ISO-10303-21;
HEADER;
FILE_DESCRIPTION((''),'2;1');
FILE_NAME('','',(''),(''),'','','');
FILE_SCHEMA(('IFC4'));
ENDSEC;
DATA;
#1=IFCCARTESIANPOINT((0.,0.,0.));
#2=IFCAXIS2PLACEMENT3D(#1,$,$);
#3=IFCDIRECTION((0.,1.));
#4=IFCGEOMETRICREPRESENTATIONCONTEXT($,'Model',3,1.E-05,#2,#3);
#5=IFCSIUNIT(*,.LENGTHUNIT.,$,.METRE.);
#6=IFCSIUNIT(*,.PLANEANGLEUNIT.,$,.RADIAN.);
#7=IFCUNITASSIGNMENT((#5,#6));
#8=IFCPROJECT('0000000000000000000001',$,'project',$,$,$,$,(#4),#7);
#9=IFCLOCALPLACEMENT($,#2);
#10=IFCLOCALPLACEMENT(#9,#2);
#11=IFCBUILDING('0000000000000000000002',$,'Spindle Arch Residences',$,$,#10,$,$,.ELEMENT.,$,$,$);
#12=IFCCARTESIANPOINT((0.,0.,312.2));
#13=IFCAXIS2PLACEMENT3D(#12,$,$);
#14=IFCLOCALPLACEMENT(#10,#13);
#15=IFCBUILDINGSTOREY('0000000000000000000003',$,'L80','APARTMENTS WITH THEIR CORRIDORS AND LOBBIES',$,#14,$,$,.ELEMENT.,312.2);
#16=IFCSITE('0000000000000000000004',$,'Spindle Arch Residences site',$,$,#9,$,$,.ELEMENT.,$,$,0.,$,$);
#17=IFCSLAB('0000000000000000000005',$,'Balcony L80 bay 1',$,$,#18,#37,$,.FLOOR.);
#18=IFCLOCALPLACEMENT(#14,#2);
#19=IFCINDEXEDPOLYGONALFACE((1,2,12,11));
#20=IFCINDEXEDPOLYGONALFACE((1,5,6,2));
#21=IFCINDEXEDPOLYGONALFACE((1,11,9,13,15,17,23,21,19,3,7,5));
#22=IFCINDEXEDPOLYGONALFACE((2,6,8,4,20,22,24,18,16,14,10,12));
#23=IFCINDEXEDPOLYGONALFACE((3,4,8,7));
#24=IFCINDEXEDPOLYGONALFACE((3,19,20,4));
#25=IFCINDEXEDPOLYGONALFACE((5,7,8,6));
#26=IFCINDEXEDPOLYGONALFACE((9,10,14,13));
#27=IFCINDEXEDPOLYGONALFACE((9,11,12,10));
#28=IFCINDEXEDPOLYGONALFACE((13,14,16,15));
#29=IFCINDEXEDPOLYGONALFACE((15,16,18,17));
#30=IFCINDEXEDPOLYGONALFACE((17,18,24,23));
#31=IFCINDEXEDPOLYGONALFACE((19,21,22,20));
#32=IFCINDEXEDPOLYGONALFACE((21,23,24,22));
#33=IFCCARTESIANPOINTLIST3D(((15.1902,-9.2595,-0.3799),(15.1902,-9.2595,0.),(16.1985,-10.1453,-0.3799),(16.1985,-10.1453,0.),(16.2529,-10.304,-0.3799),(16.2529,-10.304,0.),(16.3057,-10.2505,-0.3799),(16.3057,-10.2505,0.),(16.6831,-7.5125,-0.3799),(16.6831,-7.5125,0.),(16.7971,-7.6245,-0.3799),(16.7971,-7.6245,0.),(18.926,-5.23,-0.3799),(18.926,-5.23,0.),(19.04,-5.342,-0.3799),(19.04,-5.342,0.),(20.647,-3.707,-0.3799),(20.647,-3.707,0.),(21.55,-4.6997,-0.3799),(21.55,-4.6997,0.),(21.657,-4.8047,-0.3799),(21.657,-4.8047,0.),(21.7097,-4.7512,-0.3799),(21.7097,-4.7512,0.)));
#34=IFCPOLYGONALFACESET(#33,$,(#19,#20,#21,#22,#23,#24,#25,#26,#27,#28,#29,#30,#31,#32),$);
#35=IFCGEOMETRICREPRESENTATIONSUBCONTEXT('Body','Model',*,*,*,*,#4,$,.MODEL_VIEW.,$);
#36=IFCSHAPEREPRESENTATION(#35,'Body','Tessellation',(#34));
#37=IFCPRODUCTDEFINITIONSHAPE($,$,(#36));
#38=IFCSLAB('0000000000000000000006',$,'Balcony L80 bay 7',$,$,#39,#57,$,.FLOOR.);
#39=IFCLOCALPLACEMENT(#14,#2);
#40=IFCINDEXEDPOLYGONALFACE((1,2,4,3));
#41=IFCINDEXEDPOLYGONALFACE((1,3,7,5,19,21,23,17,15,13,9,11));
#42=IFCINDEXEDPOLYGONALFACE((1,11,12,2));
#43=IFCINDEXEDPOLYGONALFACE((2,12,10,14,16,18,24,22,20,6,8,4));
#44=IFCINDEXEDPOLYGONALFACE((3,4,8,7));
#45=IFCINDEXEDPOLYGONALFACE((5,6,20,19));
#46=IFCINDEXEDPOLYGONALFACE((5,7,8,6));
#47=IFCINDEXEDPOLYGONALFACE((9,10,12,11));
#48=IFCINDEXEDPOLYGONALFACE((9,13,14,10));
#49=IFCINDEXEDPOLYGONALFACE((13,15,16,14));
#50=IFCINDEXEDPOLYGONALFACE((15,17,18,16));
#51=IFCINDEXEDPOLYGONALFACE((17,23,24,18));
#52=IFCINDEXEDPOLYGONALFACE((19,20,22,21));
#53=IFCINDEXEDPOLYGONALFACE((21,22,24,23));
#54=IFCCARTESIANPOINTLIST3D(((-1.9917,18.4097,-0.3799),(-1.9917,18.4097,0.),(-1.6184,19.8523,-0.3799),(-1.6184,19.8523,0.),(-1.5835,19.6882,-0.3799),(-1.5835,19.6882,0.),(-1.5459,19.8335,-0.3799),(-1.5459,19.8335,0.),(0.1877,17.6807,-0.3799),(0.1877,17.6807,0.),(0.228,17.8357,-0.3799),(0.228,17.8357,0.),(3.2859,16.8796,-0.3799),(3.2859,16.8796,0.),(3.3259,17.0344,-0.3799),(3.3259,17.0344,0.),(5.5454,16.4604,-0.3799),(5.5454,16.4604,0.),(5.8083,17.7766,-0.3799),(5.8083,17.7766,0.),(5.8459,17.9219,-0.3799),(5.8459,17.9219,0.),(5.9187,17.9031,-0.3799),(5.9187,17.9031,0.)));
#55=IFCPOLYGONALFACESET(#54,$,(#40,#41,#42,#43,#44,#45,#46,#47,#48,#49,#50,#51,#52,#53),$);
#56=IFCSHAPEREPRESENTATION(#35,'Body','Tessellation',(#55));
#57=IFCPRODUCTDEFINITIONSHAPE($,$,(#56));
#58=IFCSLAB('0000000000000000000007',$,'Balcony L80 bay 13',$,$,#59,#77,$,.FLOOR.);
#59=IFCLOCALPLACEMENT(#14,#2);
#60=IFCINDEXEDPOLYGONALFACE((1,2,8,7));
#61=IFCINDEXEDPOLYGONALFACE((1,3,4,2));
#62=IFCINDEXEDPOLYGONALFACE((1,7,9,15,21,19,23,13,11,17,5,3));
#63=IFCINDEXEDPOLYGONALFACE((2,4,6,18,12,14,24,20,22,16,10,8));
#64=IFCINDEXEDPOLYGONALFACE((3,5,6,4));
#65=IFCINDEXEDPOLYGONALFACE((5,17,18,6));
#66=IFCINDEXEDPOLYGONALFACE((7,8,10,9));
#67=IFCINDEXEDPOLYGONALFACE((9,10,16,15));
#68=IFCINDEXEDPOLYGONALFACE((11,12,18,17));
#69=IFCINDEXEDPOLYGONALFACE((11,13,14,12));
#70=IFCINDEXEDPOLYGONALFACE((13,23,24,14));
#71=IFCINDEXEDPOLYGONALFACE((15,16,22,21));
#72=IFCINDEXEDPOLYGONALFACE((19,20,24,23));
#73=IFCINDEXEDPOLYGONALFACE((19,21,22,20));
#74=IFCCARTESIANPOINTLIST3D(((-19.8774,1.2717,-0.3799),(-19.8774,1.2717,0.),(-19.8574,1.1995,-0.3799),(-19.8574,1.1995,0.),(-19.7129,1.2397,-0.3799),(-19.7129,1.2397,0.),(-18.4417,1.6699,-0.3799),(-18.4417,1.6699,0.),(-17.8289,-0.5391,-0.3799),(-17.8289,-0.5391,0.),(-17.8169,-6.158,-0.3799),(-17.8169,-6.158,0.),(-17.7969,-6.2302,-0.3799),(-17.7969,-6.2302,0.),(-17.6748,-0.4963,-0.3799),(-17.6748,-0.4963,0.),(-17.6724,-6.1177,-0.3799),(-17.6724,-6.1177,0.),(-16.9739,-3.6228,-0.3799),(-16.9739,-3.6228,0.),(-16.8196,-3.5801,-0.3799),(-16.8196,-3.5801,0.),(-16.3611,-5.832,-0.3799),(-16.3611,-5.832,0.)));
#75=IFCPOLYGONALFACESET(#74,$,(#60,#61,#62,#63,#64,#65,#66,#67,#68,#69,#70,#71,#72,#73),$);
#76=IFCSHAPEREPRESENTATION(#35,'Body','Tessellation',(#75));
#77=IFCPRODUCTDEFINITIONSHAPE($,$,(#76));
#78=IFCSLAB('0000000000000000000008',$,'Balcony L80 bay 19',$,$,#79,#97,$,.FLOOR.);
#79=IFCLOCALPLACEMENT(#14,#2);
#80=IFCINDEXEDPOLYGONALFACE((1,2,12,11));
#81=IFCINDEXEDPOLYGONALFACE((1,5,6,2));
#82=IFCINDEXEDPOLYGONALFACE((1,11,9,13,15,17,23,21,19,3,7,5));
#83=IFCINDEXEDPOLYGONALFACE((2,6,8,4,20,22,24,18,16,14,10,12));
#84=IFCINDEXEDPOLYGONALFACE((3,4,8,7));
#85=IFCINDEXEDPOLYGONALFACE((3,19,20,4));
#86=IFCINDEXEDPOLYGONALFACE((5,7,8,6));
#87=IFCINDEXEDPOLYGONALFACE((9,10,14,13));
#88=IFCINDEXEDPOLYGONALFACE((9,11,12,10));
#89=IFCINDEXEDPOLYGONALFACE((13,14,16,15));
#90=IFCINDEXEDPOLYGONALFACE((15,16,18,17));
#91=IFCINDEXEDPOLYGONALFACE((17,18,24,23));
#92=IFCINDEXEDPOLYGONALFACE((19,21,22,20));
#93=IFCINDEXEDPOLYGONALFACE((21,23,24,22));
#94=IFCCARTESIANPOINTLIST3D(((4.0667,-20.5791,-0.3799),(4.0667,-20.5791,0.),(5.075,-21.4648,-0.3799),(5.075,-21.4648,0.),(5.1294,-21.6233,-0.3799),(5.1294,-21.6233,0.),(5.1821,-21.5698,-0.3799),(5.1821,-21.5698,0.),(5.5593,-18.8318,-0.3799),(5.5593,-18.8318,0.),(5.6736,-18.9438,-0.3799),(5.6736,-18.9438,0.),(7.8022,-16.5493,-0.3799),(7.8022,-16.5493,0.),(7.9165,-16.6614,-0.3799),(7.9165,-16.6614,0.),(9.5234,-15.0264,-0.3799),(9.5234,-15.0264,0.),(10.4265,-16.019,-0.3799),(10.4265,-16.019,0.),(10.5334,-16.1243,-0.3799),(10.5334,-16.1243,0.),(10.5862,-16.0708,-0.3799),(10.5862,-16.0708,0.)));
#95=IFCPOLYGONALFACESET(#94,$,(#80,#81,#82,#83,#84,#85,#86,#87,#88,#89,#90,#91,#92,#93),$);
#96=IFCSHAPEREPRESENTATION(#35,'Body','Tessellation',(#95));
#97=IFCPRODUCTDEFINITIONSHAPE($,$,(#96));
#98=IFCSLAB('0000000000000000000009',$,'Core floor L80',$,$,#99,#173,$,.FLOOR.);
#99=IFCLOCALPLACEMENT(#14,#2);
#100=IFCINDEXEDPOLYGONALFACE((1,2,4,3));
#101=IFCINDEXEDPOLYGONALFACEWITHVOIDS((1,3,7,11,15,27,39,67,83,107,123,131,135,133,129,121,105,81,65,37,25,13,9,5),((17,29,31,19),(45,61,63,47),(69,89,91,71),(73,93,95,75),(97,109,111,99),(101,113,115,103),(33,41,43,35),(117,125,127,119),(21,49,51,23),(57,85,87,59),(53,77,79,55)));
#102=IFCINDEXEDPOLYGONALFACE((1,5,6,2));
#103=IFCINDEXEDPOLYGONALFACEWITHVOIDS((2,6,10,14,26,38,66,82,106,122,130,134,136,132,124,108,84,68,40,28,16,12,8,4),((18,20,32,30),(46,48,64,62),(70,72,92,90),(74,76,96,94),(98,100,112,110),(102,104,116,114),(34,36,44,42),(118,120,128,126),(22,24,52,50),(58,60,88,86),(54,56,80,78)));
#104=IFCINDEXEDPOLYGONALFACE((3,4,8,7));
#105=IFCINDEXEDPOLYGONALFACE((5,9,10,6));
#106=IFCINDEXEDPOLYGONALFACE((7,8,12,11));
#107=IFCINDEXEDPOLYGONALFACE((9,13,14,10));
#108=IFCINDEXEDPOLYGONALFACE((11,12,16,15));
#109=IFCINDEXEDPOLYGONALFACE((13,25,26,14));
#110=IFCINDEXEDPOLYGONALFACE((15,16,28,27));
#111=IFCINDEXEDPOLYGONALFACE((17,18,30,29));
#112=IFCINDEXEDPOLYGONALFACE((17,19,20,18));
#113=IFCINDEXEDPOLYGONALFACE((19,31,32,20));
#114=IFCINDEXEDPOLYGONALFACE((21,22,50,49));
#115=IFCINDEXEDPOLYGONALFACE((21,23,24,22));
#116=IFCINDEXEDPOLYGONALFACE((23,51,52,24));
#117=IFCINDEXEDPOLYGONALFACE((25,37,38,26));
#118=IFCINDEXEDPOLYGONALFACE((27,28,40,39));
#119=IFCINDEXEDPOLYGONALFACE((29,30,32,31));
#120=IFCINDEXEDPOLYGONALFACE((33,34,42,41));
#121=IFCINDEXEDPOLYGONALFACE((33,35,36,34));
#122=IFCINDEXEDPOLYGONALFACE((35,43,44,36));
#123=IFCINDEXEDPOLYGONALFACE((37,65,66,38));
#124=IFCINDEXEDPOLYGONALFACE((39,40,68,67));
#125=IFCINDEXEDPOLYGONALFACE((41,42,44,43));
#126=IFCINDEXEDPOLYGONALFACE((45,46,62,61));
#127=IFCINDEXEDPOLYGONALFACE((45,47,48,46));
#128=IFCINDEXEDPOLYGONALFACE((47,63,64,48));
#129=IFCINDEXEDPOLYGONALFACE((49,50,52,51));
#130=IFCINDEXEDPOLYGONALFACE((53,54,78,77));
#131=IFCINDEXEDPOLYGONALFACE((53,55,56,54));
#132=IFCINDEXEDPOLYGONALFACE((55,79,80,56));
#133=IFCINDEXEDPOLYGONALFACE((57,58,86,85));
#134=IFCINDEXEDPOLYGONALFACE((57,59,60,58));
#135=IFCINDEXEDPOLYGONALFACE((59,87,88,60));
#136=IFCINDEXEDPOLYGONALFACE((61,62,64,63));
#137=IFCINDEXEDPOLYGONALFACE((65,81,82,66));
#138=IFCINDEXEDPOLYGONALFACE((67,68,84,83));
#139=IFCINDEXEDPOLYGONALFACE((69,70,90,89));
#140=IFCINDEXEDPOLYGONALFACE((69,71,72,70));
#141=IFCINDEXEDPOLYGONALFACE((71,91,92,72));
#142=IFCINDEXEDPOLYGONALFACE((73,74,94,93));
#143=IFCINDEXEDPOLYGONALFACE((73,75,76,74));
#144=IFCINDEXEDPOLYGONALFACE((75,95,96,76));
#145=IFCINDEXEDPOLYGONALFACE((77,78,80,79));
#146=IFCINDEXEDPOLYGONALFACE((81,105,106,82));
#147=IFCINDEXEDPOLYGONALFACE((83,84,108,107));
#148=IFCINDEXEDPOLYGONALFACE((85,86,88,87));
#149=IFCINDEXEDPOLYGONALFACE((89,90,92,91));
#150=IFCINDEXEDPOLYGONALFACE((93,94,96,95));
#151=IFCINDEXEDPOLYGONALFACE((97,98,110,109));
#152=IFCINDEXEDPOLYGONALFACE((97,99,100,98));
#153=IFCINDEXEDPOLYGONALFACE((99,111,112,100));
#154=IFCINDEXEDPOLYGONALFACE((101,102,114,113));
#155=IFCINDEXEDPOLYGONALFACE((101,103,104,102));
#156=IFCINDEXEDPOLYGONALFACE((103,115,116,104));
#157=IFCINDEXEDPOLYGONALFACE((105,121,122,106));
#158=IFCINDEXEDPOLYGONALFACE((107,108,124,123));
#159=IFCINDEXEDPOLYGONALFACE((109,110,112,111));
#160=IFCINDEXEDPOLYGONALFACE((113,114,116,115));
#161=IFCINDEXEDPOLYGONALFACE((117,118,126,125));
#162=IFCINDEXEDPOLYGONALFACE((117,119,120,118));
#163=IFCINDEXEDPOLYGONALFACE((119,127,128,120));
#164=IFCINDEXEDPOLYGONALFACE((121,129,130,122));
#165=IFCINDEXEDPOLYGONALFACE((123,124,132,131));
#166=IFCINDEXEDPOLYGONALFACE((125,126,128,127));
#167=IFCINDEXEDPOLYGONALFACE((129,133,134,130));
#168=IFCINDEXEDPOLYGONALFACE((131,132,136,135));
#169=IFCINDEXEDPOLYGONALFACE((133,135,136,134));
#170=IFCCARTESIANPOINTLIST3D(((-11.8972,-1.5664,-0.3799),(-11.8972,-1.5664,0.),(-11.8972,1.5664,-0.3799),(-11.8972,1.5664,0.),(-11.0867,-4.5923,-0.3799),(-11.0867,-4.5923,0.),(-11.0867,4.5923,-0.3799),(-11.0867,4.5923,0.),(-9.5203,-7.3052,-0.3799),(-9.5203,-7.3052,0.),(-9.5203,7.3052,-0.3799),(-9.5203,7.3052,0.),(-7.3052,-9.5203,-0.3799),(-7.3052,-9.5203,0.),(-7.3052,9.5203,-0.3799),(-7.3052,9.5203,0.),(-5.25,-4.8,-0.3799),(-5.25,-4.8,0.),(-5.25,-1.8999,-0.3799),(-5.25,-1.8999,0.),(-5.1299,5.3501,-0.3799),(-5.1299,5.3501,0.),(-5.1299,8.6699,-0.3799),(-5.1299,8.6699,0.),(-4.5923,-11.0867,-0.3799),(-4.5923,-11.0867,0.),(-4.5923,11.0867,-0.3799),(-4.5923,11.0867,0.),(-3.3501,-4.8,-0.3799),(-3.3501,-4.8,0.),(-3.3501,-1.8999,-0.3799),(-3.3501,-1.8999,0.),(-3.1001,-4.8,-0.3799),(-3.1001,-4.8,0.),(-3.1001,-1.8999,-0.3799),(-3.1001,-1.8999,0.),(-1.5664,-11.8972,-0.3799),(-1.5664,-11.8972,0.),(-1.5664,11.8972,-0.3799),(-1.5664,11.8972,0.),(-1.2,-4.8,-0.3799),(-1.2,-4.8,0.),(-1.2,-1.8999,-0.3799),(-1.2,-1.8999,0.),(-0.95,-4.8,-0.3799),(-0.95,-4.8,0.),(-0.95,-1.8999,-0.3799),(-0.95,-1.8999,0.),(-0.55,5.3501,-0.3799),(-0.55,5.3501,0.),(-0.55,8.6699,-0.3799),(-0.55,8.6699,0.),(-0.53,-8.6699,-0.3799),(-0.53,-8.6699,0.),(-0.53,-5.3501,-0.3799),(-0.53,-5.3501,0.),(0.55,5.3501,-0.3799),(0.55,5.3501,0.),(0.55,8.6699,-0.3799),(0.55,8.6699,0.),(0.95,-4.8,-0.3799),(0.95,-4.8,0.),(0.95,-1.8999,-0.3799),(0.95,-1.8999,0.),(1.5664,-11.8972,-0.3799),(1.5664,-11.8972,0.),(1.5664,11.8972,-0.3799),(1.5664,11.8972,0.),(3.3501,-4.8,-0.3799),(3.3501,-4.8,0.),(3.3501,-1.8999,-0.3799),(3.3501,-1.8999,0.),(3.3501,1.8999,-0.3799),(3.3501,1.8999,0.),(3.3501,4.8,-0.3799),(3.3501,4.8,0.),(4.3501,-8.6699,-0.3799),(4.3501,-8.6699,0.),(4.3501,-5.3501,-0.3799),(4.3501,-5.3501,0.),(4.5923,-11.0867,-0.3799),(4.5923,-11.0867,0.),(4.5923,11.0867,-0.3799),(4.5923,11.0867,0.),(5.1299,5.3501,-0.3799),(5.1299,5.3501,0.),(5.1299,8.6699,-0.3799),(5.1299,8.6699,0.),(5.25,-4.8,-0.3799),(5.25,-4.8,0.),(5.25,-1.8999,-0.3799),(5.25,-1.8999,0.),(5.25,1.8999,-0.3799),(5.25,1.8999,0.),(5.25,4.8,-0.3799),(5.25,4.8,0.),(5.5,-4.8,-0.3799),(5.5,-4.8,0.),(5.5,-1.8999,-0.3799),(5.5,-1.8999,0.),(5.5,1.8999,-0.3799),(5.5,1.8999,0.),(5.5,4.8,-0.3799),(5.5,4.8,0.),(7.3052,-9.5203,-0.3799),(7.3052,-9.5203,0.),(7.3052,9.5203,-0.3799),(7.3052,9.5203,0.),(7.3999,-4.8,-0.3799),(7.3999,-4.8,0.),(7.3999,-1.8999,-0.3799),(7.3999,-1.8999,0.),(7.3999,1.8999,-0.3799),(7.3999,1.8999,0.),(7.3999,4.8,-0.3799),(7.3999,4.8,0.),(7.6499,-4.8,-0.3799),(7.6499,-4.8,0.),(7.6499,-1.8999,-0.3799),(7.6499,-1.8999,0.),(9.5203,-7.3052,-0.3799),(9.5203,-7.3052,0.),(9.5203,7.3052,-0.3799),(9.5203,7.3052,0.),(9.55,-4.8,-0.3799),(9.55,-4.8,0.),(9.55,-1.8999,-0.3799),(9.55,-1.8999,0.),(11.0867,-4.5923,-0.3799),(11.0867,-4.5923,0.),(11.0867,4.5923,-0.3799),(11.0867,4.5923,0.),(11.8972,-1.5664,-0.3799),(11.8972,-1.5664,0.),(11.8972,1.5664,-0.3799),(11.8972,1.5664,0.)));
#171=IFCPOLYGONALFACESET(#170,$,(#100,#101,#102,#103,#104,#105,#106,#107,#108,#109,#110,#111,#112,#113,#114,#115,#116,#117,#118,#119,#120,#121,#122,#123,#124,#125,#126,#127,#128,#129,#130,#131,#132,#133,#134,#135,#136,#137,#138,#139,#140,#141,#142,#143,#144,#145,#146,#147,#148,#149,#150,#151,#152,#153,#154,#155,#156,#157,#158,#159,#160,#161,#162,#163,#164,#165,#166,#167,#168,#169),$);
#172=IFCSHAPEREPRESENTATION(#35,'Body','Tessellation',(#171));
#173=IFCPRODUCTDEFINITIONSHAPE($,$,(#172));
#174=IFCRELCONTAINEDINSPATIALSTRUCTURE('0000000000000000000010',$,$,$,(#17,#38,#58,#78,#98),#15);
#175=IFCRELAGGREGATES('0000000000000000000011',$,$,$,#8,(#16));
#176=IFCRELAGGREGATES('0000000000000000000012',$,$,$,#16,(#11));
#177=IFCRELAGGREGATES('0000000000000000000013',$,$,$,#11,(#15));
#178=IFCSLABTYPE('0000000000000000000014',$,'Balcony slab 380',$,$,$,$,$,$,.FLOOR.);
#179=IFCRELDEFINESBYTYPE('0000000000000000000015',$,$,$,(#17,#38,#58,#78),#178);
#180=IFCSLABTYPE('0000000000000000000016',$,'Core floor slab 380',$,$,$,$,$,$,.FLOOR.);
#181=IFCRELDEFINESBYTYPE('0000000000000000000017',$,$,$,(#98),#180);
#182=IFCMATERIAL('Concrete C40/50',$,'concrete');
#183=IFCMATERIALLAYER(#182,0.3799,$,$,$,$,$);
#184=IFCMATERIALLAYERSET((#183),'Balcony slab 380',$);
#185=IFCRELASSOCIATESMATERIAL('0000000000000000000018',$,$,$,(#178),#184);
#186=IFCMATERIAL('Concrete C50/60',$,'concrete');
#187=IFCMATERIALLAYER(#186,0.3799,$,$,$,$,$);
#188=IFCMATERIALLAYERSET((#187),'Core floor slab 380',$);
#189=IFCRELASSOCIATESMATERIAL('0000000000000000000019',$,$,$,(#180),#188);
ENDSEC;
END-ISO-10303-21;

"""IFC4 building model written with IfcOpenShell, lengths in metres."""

from ifc_helpers import new_model, si_unit, direction, frame, origin, place, context, subcontext, project, spatial, polyline, outline, extrude, material, layer, layer_set, type_object, element, save


model = new_model("IFC4")

# Units and contexts
model_context = context("Model", 3, precision=1e-05, world=origin(), true_north=direction((0.0, 1.0)))
body_context = subcontext(model_context, "Body", "Model", "MODEL_VIEW")
ifc_project = project(units=[si_unit("LENGTHUNIT", "METRE"), si_unit("PLANEANGLEUNIT", "RADIAN")], contexts=[model_context])

# Site, building, storey
site_placement = place(None, origin())
site = spatial("IfcSite", under=ifc_project, at=site_placement, Name="Spindle Arch Residences site", CompositionType="ELEMENT", RefElevation=0.0)
building_placement = place(site_placement, origin())
building = spatial("IfcBuilding", under=site, at=building_placement, Name="Spindle Arch Residences", CompositionType="ELEMENT")
storey_placement = place(building_placement, frame((0.0, 0.0, 312.2)))
storey = spatial("IfcBuildingStorey", under=building, at=storey_placement, Name="L80", Description="APARTMENTS WITH THEIR CORRIDORS AND LOBBIES", CompositionType="ELEMENT", Elevation=312.2)

# Slabs
ifc_material_1 = material(Name="Concrete C40/50", Category="concrete")
ifc_layer_1 = layer(ifc_material_1, 0.3799)
ifc_layer_set_1 = layer_set([ifc_layer_1], Name="Balcony slab 380")
slab_type_1 = type_object("IfcSlabType", Name="Balcony slab 380", PredefinedType="FLOOR", material=ifc_layer_set_1)
slab_1_placement = place(storey_placement, frame((0.0, 0.0, -0.3799)))
element("IfcSlab", 1, at=slab_1_placement, inside=storey, type_object=slab_type_1, Name="Balcony L80 bay 1", PredefinedType="FLOOR", context=body_context, shape_type="SweptSolid", body=[
    extrude(outline(polyline([(16.2529, -10.304), (16.3057, -10.2505), (16.1985, -10.1453), (21.55, -4.6997), (21.657, -4.8047), (21.7097, -4.7512), (20.647, -3.707), (19.04, -5.342), (18.926, -5.23), (16.6831, -7.5125), (16.7971, -7.6245), (15.1902, -9.2595), (16.2529, -10.304)])), origin(), (0.0, 0.0, 1.0), 0.3799),
])
slab_2_placement = place(storey_placement, frame((0.0, 0.0, -0.3799)))
element("IfcSlab", 2, at=slab_2_placement, inside=storey, type_object=slab_type_1, Name="Balcony L80 bay 7", PredefinedType="FLOOR", context=body_context, shape_type="SweptSolid", body=[
    extrude(outline(polyline([(5.9187, 17.9031), (5.8459, 17.9219), (5.8083, 17.7766), (-1.5835, 19.6882), (-1.5459, 19.8335), (-1.6184, 19.8523), (-1.9917, 18.4097), (0.228, 17.8357), (0.1877, 17.6807), (3.2859, 16.8796), (3.3259, 17.0344), (5.5454, 16.4604), (5.9187, 17.9031)])), origin(), (0.0, 0.0, 1.0), 0.3799),
])
slab_3_placement = place(storey_placement, frame((0.0, 0.0, -0.3799)))
element("IfcSlab", 3, at=slab_3_placement, inside=storey, type_object=slab_type_1, Name="Balcony L80 bay 13", PredefinedType="FLOOR", context=body_context, shape_type="SweptSolid", body=[
    extrude(outline(polyline([(-19.8774, 1.2717), (-19.8574, 1.1995), (-19.7129, 1.2397), (-17.6724, -6.1177), (-17.8169, -6.158), (-17.7969, -6.2302), (-16.3611, -5.832), (-16.9739, -3.6228), (-16.8196, -3.5801), (-17.6748, -0.4963), (-17.8289, -0.5391), (-18.4417, 1.6699), (-19.8774, 1.2717)])), origin(), (0.0, 0.0, 1.0), 0.3799),
])
slab_4_placement = place(storey_placement, frame((0.0, 0.0, -0.3799)))
element("IfcSlab", 4, at=slab_4_placement, inside=storey, type_object=slab_type_1, Name="Balcony L80 bay 19", PredefinedType="FLOOR", context=body_context, shape_type="SweptSolid", body=[
    extrude(outline(polyline([(5.1294, -21.6233), (5.1821, -21.5698), (5.075, -21.4648), (10.4265, -16.019), (10.5334, -16.1243), (10.5862, -16.0708), (9.5234, -15.0264), (7.9165, -16.6614), (7.8022, -16.5493), (5.5593, -18.8318), (5.6736, -18.9438), (4.0667, -20.5791), (5.1294, -21.6233)])), origin(), (0.0, 0.0, 1.0), 0.3799),
])
ifc_material_2 = material(Name="Concrete C50/60", Category="concrete")
ifc_layer_2 = layer(ifc_material_2, 0.3799)
ifc_layer_set_2 = layer_set([ifc_layer_2], Name="Core floor slab 380")
slab_type_2 = type_object("IfcSlabType", Name="Core floor slab 380", PredefinedType="FLOOR", material=ifc_layer_set_2)
slab_5_placement = place(storey_placement, frame((0.0, 0.0, -0.3799)))
element("IfcSlab", 5, at=slab_5_placement, inside=storey, type_object=slab_type_2, Name="Core floor L80", PredefinedType="FLOOR", context=body_context, shape_type="SweptSolid", body=[
    extrude(outline(polyline([(1.5664, -11.8972), (4.5923, -11.0867), (7.3052, -9.5203), (9.5203, -7.3052), (11.0867, -4.5923), (11.8972, -1.5664), (11.8972, 1.5664), (11.0867, 4.5923), (9.5203, 7.3052), (7.3052, 9.5203), (4.5923, 11.0867), (1.5664, 11.8972), (-1.5664, 11.8972), (-4.5923, 11.0867), (-7.3052, 9.5203), (-9.5203, 7.3052), (-11.0867, 4.5923), (-11.8972, 1.5664), (-11.8972, -1.5664), (-11.0867, -4.5923), (-9.5203, -7.3052), (-7.3052, -9.5203), (-4.5923, -11.0867), (-1.5664, -11.8972), (1.5664, -11.8972)]), holes=[polyline([(3.3501, 1.8999), (5.25, 1.8999), (5.25, 4.8), (3.3501, 4.8), (3.3501, 1.8999)]), polyline([(5.5, 1.8999), (7.3999, 1.8999), (7.3999, 4.8), (5.5, 4.8), (5.5, 1.8999)]), polyline([(-5.25, -4.8), (-3.3501, -4.8), (-3.3501, -1.8999), (-5.25, -1.8999), (-5.25, -4.8)]), polyline([(-3.1001, -4.8), (-1.2, -4.8), (-1.2, -1.8999), (-3.1001, -1.8999), (-3.1001, -4.8)]), polyline([(-0.95, -4.8), (0.95, -4.8), (0.95, -1.8999), (-0.95, -1.8999), (-0.95, -4.8)]), polyline([(3.3501, -4.8), (5.25, -4.8), (5.25, -1.8999), (3.3501, -1.8999), (3.3501, -4.8)]), polyline([(5.5, -4.8), (7.3999, -4.8), (7.3999, -1.8999), (5.5, -1.8999), (5.5, -4.8)]), polyline([(7.6499, -4.8), (9.55, -4.8), (9.55, -1.8999), (7.6499, -1.8999), (7.6499, -4.8)]), polyline([(5.1299, 8.6699), (0.55, 8.6699), (0.55, 5.3501), (5.1299, 5.3501), (5.1299, 8.6699)]), polyline([(-5.1299, 5.3501), (-0.55, 5.3501), (-0.55, 8.6699), (-5.1299, 8.6699), (-5.1299, 5.3501)]), polyline([(-0.53, -8.6699), (4.3501, -8.6699), (4.3501, -5.3501), (-0.53, -5.3501), (-0.53, -8.6699)])]), origin(), (0.0, 0.0, 1.0), 0.3799),
])

save(model, "model.ifc")
